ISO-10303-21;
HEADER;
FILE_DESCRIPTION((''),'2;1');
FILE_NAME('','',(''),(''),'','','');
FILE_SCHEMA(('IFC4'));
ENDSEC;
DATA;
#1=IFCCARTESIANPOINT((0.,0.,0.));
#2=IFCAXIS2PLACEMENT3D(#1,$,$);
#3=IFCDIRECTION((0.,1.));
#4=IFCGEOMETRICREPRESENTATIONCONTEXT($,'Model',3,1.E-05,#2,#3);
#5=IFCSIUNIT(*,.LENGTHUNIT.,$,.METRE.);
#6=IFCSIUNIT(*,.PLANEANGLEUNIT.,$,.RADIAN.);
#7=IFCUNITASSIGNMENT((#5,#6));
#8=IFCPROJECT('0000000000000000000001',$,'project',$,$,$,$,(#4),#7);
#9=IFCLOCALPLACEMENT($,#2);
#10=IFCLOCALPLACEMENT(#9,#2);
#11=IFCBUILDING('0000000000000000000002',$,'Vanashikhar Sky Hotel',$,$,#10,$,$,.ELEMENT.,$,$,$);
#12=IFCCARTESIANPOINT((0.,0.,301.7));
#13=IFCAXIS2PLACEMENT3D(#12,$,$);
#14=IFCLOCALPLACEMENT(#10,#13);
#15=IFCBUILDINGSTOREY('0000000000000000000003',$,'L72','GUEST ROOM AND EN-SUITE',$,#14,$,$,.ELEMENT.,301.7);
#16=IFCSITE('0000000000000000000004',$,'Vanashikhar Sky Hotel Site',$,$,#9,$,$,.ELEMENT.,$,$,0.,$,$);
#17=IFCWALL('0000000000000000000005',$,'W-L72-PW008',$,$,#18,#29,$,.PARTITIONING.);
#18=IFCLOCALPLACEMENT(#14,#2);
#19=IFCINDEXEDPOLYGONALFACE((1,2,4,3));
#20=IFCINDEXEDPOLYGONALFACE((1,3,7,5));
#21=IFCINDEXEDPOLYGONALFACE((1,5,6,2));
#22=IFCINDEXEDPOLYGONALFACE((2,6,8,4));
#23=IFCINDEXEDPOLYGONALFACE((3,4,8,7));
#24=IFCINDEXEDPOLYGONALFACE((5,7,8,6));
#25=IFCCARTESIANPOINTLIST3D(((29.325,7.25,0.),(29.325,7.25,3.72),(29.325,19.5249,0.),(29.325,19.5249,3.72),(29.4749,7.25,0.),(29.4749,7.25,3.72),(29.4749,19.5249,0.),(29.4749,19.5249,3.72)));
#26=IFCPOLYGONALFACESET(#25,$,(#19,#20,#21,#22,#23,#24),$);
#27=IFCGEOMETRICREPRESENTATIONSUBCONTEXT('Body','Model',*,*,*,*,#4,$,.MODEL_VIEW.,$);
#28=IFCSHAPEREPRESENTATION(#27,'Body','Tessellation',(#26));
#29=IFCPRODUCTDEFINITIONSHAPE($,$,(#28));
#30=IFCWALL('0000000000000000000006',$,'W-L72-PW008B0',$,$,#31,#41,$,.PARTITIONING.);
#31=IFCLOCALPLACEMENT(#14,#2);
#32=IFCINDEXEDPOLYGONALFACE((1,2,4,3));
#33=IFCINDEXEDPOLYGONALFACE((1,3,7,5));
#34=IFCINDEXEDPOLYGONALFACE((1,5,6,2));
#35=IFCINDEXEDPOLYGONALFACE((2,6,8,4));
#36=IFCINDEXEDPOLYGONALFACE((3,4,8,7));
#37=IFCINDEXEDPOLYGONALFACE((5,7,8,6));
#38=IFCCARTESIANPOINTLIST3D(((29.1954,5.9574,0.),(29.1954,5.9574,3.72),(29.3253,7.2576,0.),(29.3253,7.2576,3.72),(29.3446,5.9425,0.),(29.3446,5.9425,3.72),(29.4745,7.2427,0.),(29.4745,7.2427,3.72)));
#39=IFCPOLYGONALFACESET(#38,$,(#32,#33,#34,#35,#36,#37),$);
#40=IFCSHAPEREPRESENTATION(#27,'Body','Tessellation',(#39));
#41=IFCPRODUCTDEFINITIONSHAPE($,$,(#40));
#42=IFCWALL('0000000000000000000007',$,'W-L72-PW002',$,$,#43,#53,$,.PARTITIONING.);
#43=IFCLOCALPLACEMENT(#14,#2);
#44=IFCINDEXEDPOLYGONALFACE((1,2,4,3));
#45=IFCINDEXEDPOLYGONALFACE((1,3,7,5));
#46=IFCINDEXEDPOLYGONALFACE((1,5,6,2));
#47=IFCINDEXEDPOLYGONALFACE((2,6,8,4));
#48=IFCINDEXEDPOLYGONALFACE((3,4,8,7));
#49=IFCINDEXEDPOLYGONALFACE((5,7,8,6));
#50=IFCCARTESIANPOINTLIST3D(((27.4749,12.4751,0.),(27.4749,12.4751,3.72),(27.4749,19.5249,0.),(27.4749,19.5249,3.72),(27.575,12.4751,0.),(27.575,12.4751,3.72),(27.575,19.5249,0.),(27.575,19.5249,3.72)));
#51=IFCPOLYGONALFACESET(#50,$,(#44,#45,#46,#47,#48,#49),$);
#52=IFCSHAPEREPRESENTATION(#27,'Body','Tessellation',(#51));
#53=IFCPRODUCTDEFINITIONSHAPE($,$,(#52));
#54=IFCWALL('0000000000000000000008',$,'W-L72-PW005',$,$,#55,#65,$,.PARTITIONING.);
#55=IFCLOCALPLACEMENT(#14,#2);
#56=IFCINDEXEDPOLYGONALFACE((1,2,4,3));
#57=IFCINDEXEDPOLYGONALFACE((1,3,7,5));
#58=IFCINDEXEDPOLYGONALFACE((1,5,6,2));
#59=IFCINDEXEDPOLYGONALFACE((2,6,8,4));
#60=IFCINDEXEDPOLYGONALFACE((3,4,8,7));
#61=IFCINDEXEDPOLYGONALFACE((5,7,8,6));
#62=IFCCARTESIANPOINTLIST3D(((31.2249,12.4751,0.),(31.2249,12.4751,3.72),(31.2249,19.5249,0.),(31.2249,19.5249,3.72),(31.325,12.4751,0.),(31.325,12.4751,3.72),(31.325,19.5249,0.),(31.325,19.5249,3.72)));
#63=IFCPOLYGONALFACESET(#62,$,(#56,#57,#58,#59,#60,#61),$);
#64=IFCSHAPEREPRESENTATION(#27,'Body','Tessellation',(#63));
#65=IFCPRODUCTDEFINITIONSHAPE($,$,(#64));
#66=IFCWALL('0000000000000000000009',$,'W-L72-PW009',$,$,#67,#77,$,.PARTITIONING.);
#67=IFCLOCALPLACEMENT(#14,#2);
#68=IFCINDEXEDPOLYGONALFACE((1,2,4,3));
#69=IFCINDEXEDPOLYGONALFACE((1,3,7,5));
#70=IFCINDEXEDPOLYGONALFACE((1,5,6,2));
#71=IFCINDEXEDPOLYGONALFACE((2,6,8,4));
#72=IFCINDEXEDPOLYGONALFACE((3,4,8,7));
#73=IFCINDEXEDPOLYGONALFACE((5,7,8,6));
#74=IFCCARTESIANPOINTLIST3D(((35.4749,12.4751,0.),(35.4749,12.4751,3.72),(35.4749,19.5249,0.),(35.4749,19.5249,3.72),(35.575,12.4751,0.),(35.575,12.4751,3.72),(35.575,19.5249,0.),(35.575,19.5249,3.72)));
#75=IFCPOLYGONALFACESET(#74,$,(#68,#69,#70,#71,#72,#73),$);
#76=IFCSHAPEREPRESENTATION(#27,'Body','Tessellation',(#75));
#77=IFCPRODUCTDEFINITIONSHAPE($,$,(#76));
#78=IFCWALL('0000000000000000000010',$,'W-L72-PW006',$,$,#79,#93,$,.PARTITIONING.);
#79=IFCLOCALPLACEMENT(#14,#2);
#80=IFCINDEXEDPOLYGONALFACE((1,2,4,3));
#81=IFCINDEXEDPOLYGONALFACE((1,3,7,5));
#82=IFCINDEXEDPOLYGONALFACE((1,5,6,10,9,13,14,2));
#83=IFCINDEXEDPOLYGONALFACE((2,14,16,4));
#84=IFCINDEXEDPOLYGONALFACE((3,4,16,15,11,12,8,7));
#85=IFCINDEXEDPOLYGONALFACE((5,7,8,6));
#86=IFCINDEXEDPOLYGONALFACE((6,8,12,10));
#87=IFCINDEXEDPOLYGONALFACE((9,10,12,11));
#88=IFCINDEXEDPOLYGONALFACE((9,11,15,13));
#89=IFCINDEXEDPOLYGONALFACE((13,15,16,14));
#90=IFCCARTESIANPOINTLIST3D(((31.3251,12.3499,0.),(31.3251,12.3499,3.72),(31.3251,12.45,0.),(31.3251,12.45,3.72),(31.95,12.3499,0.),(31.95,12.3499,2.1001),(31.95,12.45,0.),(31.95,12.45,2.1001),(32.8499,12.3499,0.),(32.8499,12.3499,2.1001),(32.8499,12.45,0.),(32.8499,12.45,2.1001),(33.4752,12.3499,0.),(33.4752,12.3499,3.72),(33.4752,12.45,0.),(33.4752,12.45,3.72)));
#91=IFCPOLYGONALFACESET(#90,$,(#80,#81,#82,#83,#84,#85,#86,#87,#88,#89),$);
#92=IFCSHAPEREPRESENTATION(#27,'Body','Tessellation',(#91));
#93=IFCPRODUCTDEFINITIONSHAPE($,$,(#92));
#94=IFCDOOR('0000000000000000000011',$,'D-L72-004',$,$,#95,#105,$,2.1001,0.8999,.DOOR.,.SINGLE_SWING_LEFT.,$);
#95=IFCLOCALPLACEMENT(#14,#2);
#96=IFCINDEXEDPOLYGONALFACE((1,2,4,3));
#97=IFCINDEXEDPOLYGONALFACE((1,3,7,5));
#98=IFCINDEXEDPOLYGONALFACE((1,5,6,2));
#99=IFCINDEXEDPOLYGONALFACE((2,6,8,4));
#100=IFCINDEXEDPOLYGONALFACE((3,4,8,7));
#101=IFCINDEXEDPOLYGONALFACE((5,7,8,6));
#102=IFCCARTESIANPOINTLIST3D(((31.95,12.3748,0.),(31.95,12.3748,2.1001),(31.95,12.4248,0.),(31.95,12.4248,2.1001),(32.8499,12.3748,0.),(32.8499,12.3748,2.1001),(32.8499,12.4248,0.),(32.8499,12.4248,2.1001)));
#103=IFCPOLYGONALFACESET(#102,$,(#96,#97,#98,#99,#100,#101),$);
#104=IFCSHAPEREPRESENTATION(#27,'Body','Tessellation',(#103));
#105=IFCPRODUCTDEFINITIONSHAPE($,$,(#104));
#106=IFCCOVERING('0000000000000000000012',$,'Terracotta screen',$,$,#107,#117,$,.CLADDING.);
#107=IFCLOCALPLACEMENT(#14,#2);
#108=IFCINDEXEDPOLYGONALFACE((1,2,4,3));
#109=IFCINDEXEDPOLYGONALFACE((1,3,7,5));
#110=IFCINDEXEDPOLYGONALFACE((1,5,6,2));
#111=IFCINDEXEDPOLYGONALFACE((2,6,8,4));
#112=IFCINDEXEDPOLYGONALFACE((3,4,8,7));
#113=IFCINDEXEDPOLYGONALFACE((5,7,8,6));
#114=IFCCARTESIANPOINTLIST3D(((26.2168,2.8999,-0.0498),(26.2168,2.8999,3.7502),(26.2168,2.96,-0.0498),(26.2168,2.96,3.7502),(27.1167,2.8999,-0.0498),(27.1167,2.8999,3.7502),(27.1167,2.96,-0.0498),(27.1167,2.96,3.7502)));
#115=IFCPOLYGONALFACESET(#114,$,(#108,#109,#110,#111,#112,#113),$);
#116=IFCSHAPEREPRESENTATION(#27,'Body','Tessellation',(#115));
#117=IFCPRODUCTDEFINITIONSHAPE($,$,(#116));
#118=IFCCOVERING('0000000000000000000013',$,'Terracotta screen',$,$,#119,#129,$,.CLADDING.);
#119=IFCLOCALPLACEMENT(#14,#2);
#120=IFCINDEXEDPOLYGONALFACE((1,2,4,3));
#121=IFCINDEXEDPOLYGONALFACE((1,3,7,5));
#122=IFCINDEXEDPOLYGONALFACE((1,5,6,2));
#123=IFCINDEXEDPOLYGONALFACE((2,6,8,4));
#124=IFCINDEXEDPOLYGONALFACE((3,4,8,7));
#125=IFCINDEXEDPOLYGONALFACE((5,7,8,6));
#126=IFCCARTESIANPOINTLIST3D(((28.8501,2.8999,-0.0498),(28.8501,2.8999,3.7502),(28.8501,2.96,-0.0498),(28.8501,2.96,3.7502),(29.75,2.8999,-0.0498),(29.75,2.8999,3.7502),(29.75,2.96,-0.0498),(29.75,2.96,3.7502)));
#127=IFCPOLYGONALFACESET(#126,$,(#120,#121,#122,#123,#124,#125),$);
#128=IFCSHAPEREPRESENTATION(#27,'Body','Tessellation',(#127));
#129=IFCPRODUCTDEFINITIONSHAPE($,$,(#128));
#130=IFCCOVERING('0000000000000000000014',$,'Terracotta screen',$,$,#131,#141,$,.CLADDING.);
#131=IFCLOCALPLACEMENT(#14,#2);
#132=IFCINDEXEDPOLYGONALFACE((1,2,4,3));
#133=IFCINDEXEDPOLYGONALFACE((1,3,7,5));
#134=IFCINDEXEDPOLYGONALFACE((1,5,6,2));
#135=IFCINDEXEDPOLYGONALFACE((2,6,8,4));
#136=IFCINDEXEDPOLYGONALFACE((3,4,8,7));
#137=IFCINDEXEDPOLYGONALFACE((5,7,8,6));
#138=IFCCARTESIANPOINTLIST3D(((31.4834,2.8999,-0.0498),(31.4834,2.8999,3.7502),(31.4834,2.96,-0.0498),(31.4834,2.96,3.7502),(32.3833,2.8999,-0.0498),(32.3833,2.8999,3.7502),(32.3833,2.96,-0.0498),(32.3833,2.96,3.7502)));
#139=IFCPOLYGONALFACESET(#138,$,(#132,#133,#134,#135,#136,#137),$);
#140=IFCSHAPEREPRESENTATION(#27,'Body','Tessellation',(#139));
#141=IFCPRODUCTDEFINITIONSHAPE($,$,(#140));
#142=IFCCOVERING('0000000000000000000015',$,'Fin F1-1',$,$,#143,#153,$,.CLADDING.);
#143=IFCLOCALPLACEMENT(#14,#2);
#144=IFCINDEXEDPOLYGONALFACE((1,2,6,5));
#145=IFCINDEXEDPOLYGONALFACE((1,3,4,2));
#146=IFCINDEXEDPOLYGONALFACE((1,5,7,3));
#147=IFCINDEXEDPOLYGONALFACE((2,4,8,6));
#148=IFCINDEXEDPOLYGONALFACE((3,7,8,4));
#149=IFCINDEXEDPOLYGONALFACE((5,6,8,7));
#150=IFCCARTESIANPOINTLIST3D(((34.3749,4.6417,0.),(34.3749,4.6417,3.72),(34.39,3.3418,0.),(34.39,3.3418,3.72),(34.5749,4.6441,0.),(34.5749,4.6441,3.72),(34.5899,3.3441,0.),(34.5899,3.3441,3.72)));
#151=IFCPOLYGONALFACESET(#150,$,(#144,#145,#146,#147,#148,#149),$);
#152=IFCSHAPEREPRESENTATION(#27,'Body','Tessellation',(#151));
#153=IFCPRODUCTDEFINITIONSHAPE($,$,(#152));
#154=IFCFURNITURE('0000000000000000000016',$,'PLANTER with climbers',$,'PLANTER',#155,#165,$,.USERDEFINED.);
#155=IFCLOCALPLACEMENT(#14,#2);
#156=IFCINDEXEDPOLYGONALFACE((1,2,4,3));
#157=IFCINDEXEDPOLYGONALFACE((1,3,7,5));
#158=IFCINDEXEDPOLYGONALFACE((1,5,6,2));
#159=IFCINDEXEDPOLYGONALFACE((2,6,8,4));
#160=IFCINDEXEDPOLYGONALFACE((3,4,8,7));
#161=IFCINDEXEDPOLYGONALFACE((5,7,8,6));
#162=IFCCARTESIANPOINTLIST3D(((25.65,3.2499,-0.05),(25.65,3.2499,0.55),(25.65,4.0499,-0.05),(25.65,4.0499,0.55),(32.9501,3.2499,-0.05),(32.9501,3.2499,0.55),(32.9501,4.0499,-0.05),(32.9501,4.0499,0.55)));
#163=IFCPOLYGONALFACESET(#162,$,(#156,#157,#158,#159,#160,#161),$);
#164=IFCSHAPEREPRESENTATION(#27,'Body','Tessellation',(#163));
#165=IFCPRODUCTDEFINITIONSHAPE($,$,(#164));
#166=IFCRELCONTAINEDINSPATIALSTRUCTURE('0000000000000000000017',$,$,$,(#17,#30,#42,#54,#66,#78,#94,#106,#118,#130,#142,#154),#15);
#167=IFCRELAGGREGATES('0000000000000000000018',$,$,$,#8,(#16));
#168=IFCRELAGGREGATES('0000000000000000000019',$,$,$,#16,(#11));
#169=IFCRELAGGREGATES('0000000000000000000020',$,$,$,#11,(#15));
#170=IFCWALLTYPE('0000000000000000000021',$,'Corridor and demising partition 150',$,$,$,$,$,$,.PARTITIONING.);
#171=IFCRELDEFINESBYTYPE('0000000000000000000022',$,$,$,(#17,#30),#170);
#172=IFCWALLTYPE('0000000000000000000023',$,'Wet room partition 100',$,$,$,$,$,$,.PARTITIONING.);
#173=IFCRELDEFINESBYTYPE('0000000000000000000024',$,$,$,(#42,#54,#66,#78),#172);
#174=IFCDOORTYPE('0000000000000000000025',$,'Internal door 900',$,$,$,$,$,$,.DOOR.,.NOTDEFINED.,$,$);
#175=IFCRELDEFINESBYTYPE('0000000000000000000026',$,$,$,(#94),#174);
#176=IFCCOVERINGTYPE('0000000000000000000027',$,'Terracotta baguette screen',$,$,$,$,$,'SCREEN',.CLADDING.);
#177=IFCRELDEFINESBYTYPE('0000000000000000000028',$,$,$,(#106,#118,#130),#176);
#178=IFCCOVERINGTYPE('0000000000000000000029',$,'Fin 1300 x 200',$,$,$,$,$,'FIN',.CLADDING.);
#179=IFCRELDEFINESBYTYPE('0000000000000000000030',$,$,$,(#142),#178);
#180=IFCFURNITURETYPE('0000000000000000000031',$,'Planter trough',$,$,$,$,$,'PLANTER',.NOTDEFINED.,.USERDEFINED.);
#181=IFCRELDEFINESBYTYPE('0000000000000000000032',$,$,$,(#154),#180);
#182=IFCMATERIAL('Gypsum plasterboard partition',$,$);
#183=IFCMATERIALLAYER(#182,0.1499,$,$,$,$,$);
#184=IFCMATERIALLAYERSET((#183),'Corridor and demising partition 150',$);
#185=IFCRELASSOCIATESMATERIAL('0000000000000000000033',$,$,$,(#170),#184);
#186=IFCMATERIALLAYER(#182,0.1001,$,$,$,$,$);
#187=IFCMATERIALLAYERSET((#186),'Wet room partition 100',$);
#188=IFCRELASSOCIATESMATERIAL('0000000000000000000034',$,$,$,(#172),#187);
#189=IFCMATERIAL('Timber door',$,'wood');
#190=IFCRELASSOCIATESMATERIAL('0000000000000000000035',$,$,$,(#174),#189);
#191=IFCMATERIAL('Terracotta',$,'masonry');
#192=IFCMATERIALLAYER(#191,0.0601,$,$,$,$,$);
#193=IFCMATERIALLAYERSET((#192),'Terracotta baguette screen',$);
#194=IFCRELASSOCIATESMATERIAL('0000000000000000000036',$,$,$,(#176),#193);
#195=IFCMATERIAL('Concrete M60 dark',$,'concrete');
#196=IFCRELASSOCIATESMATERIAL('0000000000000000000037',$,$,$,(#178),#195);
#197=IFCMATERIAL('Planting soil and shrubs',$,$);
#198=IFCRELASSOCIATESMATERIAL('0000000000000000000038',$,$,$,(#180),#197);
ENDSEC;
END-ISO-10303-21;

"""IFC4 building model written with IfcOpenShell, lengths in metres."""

from ifc_helpers import new_model, si_unit, direction, frame, frame_2d, origin, origin_2d, place, context, subcontext, project, spatial, rectangle, extrude, source, transform, mapped, material, layer, layer_set, material_profile, profile_set, type_object, element, fill, save


model = new_model("IFC4")

# Units and contexts
model_context = context("Model", 3, precision=1e-05, world=origin(), true_north=direction((0.0, 1.0)))
body_context = subcontext(model_context, "Body", "Model", "MODEL_VIEW")
ifc_project = project(units=[si_unit("LENGTHUNIT", "METRE"), si_unit("PLANEANGLEUNIT", "RADIAN")], contexts=[model_context])

# Site, building, storey
site_placement = place(None, origin())
site = spatial("IfcSite", under=ifc_project, at=site_placement, Name="Vanashikhar Sky Hotel Site", CompositionType="ELEMENT", RefElevation=0.0)
building_placement = place(site_placement, origin())
building = spatial("IfcBuilding", under=site, at=building_placement, Name="Vanashikhar Sky Hotel", CompositionType="ELEMENT")
storey_placement = place(building_placement, frame((0.0, 0.0, 301.7)))
storey = spatial("IfcBuildingStorey", under=building, at=storey_placement, Name="L72", Description="GUEST ROOM AND EN-SUITE", CompositionType="ELEMENT", Elevation=301.7)

# Shared definitions
ifc_material_1 = material(Name="Gypsum plasterboard partition")
ifc_layer_1 = layer(ifc_material_1, 0.1499)
ifc_layer_set_1 = layer_set([ifc_layer_1], Name="Corridor and demising partition 150")
wall_type_1 = type_object("IfcWallType", Name="Corridor and demising partition 150", PredefinedType="PARTITIONING", material=ifc_layer_set_1)

# Walls
shared_shape_1 = source(origin(), body_context, "Body", "SweptSolid", [
    extrude(rectangle(XDim=12.2749, YDim=0.1499, at=frame_2d((6.1375, 0.0))), origin(), (0.0, 0.0, 1.0), 3.72),
])
wall_1_placement = place(storey_placement, frame((29.3999, 7.25, 0.0), z_axis=(0.0, 0.0, 1.0), x_axis=(0.0, 1.0, 0.0)))
element("IfcWall", 1, at=wall_1_placement, inside=storey, type_object=wall_type_1, Name="W-L72-PW008", PredefinedType="PARTITIONING", context=body_context, shape_type="MappedRepresentation", body=[
    mapped(shared_shape_1, transform((0.0, 0.0, 0.0), scale=1.0)),
])
shared_shape_2 = source(origin(), body_context, "Body", "SweptSolid", [
    extrude(rectangle(XDim=1.3066, YDim=0.1499, at=frame_2d((0.6533, 0.0))), origin(), (0.0, 0.0, 1.0), 3.72),
])
wall_2_placement = place(storey_placement, frame((29.27, 5.95, 0.0), z_axis=(0.0, 0.0, 1.0), x_axis=(0.099411, 0.995046, 0.0)))
element("IfcWall", 2, at=wall_2_placement, inside=storey, type_object=wall_type_1, Name="W-L72-PW008B0", PredefinedType="PARTITIONING", context=body_context, shape_type="MappedRepresentation", body=[
    mapped(shared_shape_2, transform((0.0, 0.0, 0.0), scale=1.0)),
])
ifc_layer_2 = layer(ifc_material_1, 0.1001)
ifc_layer_set_2 = layer_set([ifc_layer_2], Name="Wet room partition 100")
wall_type_2 = type_object("IfcWallType", Name="Wet room partition 100", PredefinedType="PARTITIONING", material=ifc_layer_set_2)
shared_shape_3 = source(origin(), body_context, "Body", "SweptSolid", [
    extrude(rectangle(XDim=7.0498, YDim=0.1001, at=frame_2d((3.5249, 0.0))), origin(), (0.0, 0.0, 1.0), 3.72),
])
for number, where, z_axis, x_axis, name in (
    (3, (27.5249, 12.4751, 0.0), (0.0, 0.0, 1.0), (0.0, 1.0, 0.0), "W-L72-PW002"),
    (4, (31.2749, 12.4751, 0.0), (0.0, 0.0, 1.0), (0.0, 1.0, 0.0), "W-L72-PW005"),
    (5, (35.5249, 12.4751, 0.0), (0.0, 0.0, 1.0), (0.0, 1.0, 0.0), "W-L72-PW009"),
):
    element("IfcWall", number, at=place(storey_placement, frame(where, z_axis=z_axis, x_axis=x_axis)), inside=storey, type_object=wall_type_2, Name=name, PredefinedType="PARTITIONING", context=body_context, shape_type="MappedRepresentation", body=[
        mapped(shared_shape_3, transform((0.0, 0.0, 0.0), scale=1.0)),
    ])

# Wall, opening, door
shared_shape_4 = source(origin(), body_context, "Body", "SweptSolid", [
    extrude(rectangle(XDim=2.1501, YDim=0.1001, at=frame_2d((1.0752, 0.0))), origin(), (0.0, 0.0, 1.0), 3.72),
])
wall_3_placement = place(storey_placement, frame((31.325, 12.3999, 0.0), z_axis=(0.0, 0.0, 1.0), x_axis=(1.0, 0.0, 0.0)))
wall_3 = element("IfcWall", 6, at=wall_3_placement, inside=storey, type_object=wall_type_2, Name="W-L72-PW006", PredefinedType="PARTITIONING", context=body_context, shape_type="MappedRepresentation", body=[
    mapped(shared_shape_4, transform((0.0, 0.0, 0.0), scale=1.0)),
])
shared_shape_5 = source(origin(), body_context, "Body", "SweptSolid", [
    extrude(rectangle(XDim=0.8999, YDim=2.1001, at=frame_2d((0.45, 1.05))), frame((0.0, 0.0601, 0.0), z_axis=(0.0, -1.0, 0.0), x_axis=(1.0, 0.0, 0.0)), (0.0, 0.0, 1.0), 0.1201),
])
opening_1_placement = place(wall_3_placement, frame((0.625, 0.0, 0.0)))
opening_1 = element("IfcOpeningElement", 7, at=opening_1_placement, cuts=wall_3, PredefinedType="OPENING", context=body_context, shape_type="MappedRepresentation", body=[
    mapped(shared_shape_5, transform((0.0, 0.0, 0.0), scale=1.0)),
])
ifc_material_2 = material(Name="Timber door", Category="wood")
door_type_1 = type_object("IfcDoorType", Name="Internal door 900", OperationType="NOTDEFINED", PredefinedType="DOOR", material=ifc_material_2)
shared_shape_6 = source(origin(), body_context, "Body", "SweptSolid", [
    extrude(rectangle(XDim=0.8999, YDim=2.1001, at=frame_2d((0.45, 1.05))), frame((0.0, 0.0249, 0.0), z_axis=(0.0, -1.0, 0.0), x_axis=(1.0, 0.0, 0.0)), (0.0, 0.0, 1.0), 0.05),
])
door_1_placement = place(opening_1_placement, origin())
door_1 = element("IfcDoor", 8, at=door_1_placement, inside=storey, type_object=door_type_1, Name="D-L72-004", OperationType="SINGLE_SWING_LEFT", OverallHeight=2.1001, OverallWidth=0.8999, PredefinedType="DOOR", context=body_context, shape_type="MappedRepresentation", body=[
    mapped(shared_shape_6, transform((0.0, 0.0, 0.0), scale=1.0)),
])
fill(opening_1, door_1)

# Coverings
ifc_material_3 = material(Name="Terracotta", Category="masonry")
ifc_layer_3 = layer(ifc_material_3, 0.0601)
ifc_layer_set_3 = layer_set([ifc_layer_3], Name="Terracotta baguette screen")
covering_type_1 = type_object("IfcCoveringType", Name="Terracotta baguette screen", ElementType="SCREEN", PredefinedType="CLADDING", material=ifc_layer_set_3)
shared_shape_7 = source(origin(), body_context, "Body", "SweptSolid", [
    extrude(rectangle(XDim=0.8999, YDim=0.0601, at=origin_2d()), origin(), (0.0, 0.0, 1.0), 3.8),
])
for number, where, z_axis, x_axis, name in (
    (9, (26.6667, 2.9299, -0.0498), (0.0, 0.0, 1.0), (1.0, 0.0, 0.0), "Terracotta screen"),
    (10, (29.3, 2.9299, -0.0498), (0.0, 0.0, 1.0), (1.0, 0.0, 0.0), "Terracotta screen"),
    (11, (31.9333, 2.9299, -0.0498), (0.0, 0.0, 1.0), (1.0, 0.0, 0.0), "Terracotta screen"),
):
    element("IfcCovering", number, at=place(storey_placement, frame(where, z_axis=z_axis, x_axis=x_axis)), inside=storey, type_object=covering_type_1, Name=name, PredefinedType="CLADDING", context=body_context, shape_type="MappedRepresentation", body=[
        mapped(shared_shape_7, transform((0.0, 0.0, 0.0), scale=1.0)),
    ])
ifc_material_4 = material(Name="Concrete M60 dark", Category="concrete")
ifc_material_profile_1 = material_profile(ifc_material_4, rectangle(XDim=1.3, YDim=0.2, at=origin_2d()))
ifc_profile_set_1 = profile_set([ifc_material_profile_1], Name="Fin 1300 x 200")
covering_type_2 = type_object("IfcCoveringType", Name="Fin 1300 x 200", ElementType="FIN", PredefinedType="CLADDING", material=ifc_profile_set_1)
shared_shape_8 = source(origin(), body_context, "Body", "SweptSolid", [
    extrude(rectangle(XDim=1.3, YDim=0.2, at=origin_2d()), origin(), (0.0, 0.0, 1.0), 3.72),
])
covering_placement = place(storey_placement, frame((34.4824, 3.9929, 0.0), z_axis=(0.0, 0.0, 1.0), x_axis=(0.011589, -0.999933, 0.0)))
element("IfcCovering", 12, at=covering_placement, inside=storey, type_object=covering_type_2, Name="Fin F1-1", PredefinedType="CLADDING", context=body_context, shape_type="MappedRepresentation", body=[
    mapped(shared_shape_8, transform((0.0, 0.0, 0.0), scale=1.0)),
])

# Furniture
ifc_material_5 = material(Name="Planting soil and shrubs")
furniture_type = type_object("IfcFurnitureType", Name="Planter trough", ElementType="PLANTER", AssemblyPlace="NOTDEFINED", PredefinedType="USERDEFINED", material=ifc_material_5)
shared_shape_9 = source(origin(), body_context, "Body", "SweptSolid", [
    extrude(rectangle(XDim=7.3, YDim=0.8, at=origin_2d()), origin(), (0.0, 0.0, 1.0), 0.6001),
])
furniture_placement = place(storey_placement, frame((29.3, 3.6499, -0.05), z_axis=(0.0, 0.0, 1.0), x_axis=(1.0, 0.0, 0.0)))
element("IfcFurniture", 13, at=furniture_placement, inside=storey, type_object=furniture_type, Name="PLANTER with climbers", ObjectType="PLANTER", PredefinedType="USERDEFINED", context=body_context, shape_type="MappedRepresentation", body=[
    mapped(shared_shape_9, transform((0.0, 0.0, 0.0), scale=1.0)),
])

save(model, "model.ifc")
